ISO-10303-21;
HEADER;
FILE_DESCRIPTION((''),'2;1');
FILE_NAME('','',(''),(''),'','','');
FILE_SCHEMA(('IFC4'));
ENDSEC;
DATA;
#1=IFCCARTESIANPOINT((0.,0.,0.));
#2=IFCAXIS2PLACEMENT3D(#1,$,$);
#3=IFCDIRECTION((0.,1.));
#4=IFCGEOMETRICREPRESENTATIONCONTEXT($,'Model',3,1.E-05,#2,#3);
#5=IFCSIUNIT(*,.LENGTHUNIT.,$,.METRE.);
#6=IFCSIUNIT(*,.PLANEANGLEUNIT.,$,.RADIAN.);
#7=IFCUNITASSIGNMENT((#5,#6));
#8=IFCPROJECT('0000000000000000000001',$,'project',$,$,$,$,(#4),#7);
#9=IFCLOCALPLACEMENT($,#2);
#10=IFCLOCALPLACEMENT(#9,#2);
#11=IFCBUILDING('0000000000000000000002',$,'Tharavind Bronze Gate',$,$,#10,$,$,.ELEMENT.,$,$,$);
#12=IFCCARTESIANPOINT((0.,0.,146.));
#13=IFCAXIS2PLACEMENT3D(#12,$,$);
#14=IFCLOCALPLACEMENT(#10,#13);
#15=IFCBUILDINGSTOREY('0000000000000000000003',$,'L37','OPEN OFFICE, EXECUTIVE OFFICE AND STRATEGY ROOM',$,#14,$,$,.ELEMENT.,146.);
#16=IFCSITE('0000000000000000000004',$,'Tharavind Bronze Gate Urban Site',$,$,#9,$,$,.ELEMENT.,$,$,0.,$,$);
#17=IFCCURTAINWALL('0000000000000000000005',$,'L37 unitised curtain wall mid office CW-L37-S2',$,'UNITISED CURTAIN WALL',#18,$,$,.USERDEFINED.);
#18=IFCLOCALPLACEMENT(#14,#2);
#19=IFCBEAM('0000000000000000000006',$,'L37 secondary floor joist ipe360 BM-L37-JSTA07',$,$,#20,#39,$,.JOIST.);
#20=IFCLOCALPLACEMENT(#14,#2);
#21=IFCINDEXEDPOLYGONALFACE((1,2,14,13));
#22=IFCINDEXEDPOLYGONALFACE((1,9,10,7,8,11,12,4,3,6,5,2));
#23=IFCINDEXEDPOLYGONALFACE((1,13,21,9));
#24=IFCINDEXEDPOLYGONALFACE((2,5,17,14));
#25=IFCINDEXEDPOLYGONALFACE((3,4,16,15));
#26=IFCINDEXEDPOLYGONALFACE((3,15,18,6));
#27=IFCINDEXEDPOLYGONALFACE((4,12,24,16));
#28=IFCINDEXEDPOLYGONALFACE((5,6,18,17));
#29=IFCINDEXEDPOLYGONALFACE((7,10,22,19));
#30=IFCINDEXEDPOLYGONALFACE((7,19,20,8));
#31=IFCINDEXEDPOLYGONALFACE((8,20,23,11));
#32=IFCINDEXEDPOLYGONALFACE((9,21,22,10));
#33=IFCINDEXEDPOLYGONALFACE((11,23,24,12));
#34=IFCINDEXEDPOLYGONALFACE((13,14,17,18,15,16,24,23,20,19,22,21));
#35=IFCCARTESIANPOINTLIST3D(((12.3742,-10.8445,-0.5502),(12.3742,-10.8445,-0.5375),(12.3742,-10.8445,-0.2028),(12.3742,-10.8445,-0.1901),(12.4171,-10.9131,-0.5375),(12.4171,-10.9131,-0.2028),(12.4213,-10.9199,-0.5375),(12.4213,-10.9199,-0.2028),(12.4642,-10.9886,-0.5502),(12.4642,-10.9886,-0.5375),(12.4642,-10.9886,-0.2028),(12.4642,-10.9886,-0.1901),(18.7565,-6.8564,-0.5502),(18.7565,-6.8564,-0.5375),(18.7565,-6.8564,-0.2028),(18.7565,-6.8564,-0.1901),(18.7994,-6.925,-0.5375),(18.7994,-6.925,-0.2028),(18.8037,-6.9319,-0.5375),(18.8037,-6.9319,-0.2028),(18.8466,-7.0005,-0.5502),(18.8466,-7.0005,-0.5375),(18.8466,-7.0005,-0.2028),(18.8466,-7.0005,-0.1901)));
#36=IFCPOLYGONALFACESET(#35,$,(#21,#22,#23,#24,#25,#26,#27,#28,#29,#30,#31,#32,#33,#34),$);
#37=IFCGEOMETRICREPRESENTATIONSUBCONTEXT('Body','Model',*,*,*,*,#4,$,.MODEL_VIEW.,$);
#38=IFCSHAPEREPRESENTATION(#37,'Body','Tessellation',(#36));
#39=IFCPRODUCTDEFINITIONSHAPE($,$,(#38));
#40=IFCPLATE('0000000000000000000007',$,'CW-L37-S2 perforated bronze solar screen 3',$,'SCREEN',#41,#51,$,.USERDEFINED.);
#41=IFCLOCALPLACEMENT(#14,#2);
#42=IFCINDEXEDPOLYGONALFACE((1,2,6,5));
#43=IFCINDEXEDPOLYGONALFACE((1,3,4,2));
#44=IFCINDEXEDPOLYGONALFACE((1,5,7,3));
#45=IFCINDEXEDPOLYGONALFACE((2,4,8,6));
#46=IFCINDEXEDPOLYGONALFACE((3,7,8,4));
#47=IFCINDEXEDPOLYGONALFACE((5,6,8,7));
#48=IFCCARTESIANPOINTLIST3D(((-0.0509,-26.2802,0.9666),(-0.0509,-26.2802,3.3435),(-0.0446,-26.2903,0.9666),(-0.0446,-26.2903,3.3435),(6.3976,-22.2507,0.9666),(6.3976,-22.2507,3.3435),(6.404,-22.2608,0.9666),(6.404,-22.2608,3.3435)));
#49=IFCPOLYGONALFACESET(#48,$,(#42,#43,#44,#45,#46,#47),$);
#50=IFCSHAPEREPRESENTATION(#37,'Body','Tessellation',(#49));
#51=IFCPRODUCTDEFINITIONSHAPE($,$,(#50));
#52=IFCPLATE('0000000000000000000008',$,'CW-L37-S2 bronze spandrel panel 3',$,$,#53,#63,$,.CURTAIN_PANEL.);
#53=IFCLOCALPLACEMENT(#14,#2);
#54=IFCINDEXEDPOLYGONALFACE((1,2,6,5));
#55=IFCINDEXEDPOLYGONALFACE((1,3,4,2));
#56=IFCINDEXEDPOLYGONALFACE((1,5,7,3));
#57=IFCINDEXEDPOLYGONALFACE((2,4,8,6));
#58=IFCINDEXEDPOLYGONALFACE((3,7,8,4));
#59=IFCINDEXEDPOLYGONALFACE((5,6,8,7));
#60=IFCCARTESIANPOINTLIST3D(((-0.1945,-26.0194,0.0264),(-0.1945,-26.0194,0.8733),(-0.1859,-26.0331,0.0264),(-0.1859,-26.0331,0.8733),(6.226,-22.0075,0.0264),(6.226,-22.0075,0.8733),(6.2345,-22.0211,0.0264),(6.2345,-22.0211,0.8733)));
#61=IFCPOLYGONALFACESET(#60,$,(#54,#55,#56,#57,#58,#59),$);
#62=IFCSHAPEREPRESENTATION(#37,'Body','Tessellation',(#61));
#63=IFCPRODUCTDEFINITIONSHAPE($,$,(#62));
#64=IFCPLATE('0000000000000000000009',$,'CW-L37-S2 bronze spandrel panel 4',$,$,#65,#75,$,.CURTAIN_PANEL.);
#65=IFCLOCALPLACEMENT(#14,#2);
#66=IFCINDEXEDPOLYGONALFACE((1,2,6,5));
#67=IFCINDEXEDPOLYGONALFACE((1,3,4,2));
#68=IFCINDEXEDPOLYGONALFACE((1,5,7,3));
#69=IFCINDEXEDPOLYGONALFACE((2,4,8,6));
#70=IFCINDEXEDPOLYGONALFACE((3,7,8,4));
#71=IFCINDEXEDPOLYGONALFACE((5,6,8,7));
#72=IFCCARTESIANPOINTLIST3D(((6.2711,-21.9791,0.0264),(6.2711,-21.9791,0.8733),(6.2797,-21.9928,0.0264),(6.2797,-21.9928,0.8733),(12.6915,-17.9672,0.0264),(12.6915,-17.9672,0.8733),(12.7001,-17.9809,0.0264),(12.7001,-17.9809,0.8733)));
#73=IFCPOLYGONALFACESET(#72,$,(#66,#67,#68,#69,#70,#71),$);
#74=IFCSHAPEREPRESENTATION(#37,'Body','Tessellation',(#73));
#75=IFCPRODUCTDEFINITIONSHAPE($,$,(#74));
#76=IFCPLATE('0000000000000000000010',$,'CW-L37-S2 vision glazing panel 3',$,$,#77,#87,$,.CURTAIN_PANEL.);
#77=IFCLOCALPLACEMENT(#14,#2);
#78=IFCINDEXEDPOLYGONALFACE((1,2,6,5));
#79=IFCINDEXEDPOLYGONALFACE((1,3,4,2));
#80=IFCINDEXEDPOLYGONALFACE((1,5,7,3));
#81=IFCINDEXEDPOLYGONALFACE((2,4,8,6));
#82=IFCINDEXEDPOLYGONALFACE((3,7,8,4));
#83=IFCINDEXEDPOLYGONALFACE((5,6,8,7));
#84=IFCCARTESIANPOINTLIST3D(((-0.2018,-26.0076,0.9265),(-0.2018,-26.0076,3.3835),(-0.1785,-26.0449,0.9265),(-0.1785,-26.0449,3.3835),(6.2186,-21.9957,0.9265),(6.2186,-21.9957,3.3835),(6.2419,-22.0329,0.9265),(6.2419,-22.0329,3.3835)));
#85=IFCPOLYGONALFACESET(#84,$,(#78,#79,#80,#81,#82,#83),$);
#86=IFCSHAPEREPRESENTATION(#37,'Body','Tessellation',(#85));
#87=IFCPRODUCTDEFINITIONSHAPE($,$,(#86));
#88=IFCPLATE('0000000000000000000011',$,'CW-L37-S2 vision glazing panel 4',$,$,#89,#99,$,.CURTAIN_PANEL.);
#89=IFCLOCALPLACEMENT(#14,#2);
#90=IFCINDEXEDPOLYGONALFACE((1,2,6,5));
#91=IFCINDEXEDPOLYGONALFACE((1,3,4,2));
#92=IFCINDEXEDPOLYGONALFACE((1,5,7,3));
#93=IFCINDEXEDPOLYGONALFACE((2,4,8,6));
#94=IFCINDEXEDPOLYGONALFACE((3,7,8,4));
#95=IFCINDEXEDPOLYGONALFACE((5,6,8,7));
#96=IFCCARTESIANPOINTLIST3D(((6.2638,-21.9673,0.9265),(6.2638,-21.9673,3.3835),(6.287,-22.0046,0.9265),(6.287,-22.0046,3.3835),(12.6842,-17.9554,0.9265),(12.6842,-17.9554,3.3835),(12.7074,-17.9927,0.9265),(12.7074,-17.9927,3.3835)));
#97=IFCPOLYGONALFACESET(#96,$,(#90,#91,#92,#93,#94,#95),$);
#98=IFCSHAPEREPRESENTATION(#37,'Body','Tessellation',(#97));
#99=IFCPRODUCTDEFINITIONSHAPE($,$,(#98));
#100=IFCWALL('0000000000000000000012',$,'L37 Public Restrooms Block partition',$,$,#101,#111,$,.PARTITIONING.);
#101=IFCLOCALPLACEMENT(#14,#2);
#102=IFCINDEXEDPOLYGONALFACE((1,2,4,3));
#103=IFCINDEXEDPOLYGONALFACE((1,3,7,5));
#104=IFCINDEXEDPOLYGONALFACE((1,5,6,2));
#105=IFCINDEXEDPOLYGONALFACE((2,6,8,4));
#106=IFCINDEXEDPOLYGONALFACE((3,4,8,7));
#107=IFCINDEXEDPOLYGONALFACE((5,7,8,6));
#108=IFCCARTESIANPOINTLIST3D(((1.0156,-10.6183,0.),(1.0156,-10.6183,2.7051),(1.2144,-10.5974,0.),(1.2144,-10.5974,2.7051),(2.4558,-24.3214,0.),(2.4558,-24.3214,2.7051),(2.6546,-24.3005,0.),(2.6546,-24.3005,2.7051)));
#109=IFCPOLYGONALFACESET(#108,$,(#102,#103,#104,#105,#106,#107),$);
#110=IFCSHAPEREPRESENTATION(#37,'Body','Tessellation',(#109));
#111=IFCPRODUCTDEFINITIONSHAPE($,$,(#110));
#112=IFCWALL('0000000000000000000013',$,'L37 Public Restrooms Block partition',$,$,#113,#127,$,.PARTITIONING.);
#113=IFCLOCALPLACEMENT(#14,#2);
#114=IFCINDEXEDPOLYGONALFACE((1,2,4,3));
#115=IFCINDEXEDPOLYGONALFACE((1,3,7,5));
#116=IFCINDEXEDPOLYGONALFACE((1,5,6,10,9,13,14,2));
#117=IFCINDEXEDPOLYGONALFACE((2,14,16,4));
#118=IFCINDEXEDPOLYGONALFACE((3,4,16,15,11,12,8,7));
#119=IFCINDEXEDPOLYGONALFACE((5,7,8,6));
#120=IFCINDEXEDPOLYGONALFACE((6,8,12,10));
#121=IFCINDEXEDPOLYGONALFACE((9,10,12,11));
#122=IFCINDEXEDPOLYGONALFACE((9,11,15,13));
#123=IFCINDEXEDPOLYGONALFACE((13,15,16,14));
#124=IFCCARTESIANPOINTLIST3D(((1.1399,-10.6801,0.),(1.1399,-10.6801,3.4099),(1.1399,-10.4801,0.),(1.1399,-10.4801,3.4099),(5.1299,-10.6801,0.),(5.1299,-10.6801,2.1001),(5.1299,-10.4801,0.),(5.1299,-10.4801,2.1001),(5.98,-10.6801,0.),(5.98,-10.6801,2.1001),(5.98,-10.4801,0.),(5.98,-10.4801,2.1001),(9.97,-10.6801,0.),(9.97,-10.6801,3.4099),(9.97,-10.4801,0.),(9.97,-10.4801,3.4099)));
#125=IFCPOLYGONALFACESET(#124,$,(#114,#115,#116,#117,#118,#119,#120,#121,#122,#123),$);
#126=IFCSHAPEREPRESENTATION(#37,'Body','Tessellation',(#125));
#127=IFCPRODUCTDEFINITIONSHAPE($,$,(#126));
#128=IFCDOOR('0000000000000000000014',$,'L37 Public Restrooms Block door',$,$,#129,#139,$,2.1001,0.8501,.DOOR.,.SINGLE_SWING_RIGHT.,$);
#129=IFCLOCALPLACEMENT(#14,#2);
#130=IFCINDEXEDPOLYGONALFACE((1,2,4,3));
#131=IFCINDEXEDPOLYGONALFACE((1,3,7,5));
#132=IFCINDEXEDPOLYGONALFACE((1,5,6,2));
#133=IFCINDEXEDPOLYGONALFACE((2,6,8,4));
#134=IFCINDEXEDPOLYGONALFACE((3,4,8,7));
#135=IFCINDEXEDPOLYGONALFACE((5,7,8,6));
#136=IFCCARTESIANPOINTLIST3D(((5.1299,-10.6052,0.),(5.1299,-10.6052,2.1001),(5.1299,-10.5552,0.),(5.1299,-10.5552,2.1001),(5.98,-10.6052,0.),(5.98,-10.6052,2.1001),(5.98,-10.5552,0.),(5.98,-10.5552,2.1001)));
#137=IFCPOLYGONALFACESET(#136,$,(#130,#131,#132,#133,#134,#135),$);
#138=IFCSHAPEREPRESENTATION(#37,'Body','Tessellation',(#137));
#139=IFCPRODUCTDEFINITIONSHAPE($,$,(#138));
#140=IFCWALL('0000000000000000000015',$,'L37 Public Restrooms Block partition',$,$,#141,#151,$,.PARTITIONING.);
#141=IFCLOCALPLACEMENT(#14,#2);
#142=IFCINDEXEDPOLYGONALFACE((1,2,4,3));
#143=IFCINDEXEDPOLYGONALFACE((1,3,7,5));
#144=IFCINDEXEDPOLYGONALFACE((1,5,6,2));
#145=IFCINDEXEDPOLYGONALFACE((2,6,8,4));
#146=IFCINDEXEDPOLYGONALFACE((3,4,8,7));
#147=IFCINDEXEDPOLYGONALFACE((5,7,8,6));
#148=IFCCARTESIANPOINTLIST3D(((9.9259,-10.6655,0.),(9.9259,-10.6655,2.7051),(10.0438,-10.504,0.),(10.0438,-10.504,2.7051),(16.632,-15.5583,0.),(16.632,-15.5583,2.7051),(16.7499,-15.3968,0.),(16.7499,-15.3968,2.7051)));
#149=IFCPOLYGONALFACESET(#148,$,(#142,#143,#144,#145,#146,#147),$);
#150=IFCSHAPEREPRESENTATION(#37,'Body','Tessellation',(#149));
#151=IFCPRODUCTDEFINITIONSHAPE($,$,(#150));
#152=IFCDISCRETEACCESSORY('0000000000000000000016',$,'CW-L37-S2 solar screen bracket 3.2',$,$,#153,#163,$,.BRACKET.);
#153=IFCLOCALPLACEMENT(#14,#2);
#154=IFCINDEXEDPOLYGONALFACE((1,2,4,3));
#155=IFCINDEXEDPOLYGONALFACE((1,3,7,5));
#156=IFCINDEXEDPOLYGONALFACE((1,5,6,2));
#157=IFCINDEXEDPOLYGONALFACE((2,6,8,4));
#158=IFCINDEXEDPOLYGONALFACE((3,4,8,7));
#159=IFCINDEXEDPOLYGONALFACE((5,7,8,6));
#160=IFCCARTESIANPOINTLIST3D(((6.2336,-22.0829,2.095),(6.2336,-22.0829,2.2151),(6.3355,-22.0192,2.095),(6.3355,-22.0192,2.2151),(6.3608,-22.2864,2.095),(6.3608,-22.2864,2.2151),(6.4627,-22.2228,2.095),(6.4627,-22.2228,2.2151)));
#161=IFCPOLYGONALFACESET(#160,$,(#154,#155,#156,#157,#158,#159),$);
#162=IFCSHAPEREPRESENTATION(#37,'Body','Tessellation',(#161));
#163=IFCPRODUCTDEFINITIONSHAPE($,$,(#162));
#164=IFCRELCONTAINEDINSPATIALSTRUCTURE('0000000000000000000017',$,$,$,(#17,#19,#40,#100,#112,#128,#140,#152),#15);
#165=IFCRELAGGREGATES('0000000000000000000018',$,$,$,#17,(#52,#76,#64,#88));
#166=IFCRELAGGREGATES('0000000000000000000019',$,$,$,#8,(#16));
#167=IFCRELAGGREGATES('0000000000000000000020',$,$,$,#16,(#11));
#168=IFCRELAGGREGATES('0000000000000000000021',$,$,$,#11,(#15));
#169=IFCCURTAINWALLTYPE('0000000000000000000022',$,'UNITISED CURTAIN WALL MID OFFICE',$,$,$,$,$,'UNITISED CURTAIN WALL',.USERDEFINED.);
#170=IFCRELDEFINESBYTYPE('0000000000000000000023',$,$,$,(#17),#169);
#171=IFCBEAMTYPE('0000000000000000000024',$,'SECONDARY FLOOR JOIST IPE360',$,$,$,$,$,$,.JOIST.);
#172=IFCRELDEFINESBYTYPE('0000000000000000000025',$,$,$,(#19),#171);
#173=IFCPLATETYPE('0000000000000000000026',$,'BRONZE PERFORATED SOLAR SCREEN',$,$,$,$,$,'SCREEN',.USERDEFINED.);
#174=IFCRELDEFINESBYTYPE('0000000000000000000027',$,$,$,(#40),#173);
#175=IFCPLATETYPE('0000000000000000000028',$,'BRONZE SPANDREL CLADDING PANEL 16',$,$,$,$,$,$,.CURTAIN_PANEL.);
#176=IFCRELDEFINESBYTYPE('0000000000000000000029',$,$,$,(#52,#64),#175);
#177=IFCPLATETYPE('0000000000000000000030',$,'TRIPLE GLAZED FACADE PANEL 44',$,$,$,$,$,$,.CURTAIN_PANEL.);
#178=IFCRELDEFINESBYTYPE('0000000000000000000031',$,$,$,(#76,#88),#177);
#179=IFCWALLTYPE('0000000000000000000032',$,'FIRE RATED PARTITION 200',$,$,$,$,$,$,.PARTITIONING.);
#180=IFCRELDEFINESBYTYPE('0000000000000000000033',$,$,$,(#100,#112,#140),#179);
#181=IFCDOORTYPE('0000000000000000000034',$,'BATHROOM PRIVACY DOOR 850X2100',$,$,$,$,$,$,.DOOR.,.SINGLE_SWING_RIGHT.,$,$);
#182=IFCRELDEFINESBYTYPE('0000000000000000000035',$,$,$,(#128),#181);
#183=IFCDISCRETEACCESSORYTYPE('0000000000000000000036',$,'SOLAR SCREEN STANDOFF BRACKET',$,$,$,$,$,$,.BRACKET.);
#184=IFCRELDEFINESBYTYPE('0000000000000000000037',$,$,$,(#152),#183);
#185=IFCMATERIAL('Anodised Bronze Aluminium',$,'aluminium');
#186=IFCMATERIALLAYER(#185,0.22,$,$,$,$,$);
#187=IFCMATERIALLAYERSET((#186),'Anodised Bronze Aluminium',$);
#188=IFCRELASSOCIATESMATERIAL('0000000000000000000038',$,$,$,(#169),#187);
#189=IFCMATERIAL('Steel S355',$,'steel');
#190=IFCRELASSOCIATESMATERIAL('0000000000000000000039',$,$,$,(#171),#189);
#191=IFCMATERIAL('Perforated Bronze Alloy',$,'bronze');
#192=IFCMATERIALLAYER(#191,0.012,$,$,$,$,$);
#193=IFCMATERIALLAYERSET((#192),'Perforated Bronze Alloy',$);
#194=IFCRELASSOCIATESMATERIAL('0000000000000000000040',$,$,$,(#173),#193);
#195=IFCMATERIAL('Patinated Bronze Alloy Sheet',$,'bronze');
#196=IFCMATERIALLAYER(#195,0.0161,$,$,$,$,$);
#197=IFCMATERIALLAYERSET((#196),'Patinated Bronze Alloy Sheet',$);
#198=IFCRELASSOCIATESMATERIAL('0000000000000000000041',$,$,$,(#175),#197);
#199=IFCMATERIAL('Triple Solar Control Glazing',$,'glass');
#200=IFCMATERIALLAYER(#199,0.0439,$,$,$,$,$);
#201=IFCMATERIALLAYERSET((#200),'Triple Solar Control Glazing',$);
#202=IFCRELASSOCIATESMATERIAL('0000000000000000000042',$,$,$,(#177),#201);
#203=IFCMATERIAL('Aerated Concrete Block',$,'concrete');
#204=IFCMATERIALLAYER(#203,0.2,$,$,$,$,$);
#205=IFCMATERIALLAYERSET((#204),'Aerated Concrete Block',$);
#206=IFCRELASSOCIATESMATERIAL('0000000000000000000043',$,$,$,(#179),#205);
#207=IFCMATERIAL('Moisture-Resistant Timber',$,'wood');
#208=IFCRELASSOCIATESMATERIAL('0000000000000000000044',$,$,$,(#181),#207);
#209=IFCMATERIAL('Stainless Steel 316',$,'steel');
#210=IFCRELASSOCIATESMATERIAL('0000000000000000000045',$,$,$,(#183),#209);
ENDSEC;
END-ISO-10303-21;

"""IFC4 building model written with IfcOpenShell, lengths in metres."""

from ifc_helpers import new_model, si_unit, direction, frame, frame_2d, origin, origin_2d, place, context, subcontext, project, spatial, rectangle, i_section, extrude, material, layer, layer_set, material_profile, profile_set, type_object, element, fill, aggregate, save


model = new_model("IFC4")

# Units and contexts
model_context = context("Model", 3, precision=1e-05, world=origin(), true_north=direction((0.0, 1.0)))
body_context = subcontext(model_context, "Body", "Model", "MODEL_VIEW")
ifc_project = project(units=[si_unit("LENGTHUNIT", "METRE"), si_unit("PLANEANGLEUNIT", "RADIAN")], contexts=[model_context])

# Site, building, storey
site_placement = place(None, origin())
site = spatial("IfcSite", under=ifc_project, at=site_placement, Name="Tharavind Bronze Gate Urban Site", CompositionType="ELEMENT", RefElevation=0.0)
building_placement = place(site_placement, origin())
building = spatial("IfcBuilding", under=site, at=building_placement, Name="Tharavind Bronze Gate", CompositionType="ELEMENT")
storey_placement = place(building_placement, frame((0.0, 0.0, 146.0)))
storey = spatial("IfcBuildingStorey", under=building, at=storey_placement, Name="L37", Description="OPEN OFFICE, EXECUTIVE OFFICE AND STRATEGY ROOM", CompositionType="ELEMENT", Elevation=146.0)

# Curtain wall
ifc_material_1 = material(Name="Anodised Bronze Aluminium", Category="aluminium")
ifc_layer_1 = layer(ifc_material_1, 0.22)
ifc_layer_set_1 = layer_set([ifc_layer_1], Name="Anodised Bronze Aluminium")
curtain_wall_type = type_object("IfcCurtainWallType", Name="UNITISED CURTAIN WALL MID OFFICE", ElementType="UNITISED CURTAIN WALL", PredefinedType="USERDEFINED", material=ifc_layer_set_1)
curtain_wall_placement = place(storey_placement, origin())
curtain_wall = element("IfcCurtainWall", 1, at=curtain_wall_placement, inside=storey, type_object=curtain_wall_type, Name="L37 unitised curtain wall mid office CW-L37-S2", ObjectType="UNITISED CURTAIN WALL", PredefinedType="USERDEFINED")

# Beam
ifc_material_2 = material(Name="Steel S355", Category="steel")
ifc_material_profile_1 = material_profile(ifc_material_2, i_section(OverallWidth=0.1699, OverallDepth=0.3601, WebThickness=0.0081, FlangeThickness=0.0127, at=origin_2d()), Name="IPE360")
ifc_profile_set_1 = profile_set([ifc_material_profile_1], Name="Steel S355")
beam_type_1 = type_object("IfcBeamType", Name="SECONDARY FLOOR JOIST IPE360", PredefinedType="JOIST", material=ifc_profile_set_1)
beam_1_placement = place(storey_placement, frame((12.4192, -10.9165, -0.3701), z_axis=(0.848053, 0.529911, 0.0), x_axis=(-0.529911, 0.848053, 0.0)))
element("IfcBeam", 2, at=beam_1_placement, inside=storey, type_object=beam_type_1, Name="L37 secondary floor joist ipe360 BM-L37-JSTA07", PredefinedType="JOIST", context=body_context, shape_type="SweptSolid", body=[
    extrude(i_section(OverallWidth=0.1699, OverallDepth=0.3601, WebThickness=0.0081, FlangeThickness=0.0127, at=origin_2d()), origin(), (0.0, 0.0, 1.0), 7.5259),
])

# Plates
ifc_material_3 = material(Name="Perforated Bronze Alloy", Category="bronze")
ifc_layer_2 = layer(ifc_material_3, 0.012)
ifc_layer_set_2 = layer_set([ifc_layer_2], Name="Perforated Bronze Alloy")
plate_type_1 = type_object("IfcPlateType", Name="BRONZE PERFORATED SOLAR SCREEN", ElementType="SCREEN", PredefinedType="USERDEFINED", material=ifc_layer_set_2)
plate_1_placement = place(storey_placement, frame((3.1765, -24.2705, 0.9666), z_axis=(0.0, 0.0, 1.0), x_axis=(0.848048, 0.529919, 0.0)))
element("IfcPlate", 3, at=plate_1_placement, inside=storey, type_object=plate_type_1, Name="CW-L37-S2 perforated bronze solar screen 3", ObjectType="SCREEN", PredefinedType="USERDEFINED", context=body_context, shape_type="SweptSolid", body=[
    extrude(rectangle(XDim=7.604, YDim=0.012, at=origin_2d()), origin(), (0.0, 0.0, 1.0), 2.377),
])
ifc_material_4 = material(Name="Patinated Bronze Alloy Sheet", Category="bronze")
ifc_layer_3 = layer(ifc_material_4, 0.0161)
ifc_layer_set_3 = layer_set([ifc_layer_3], Name="Patinated Bronze Alloy Sheet")
plate_type_2 = type_object("IfcPlateType", Name="BRONZE SPANDREL CLADDING PANEL 16", PredefinedType="CURTAIN_PANEL", material=ifc_layer_set_3)
plate_2_placement = place(storey_placement, frame((3.02, -24.0203, 0.0264), z_axis=(0.0, 0.0, 1.0), x_axis=(0.848048, 0.529919, 0.0)))
plate_2 = element("IfcPlate", 4, at=plate_2_placement, type_object=plate_type_2, Name="CW-L37-S2 bronze spandrel panel 3", PredefinedType="CURTAIN_PANEL", context=body_context, shape_type="SweptSolid", body=[
    extrude(rectangle(XDim=7.5708, YDim=0.0161, at=origin_2d()), origin(), (0.0, 0.0, 1.0), 0.8469),
])
plate_3_placement = place(storey_placement, frame((9.4856, -19.98, 0.0264), z_axis=(0.0, 0.0, 1.0), x_axis=(0.848048, 0.529919, 0.0)))
plate_3 = element("IfcPlate", 5, at=plate_3_placement, type_object=plate_type_2, Name="CW-L37-S2 bronze spandrel panel 4", PredefinedType="CURTAIN_PANEL", context=body_context, shape_type="SweptSolid", body=[
    extrude(rectangle(XDim=7.5708, YDim=0.0161, at=origin_2d()), origin(), (0.0, 0.0, 1.0), 0.8469),
])
ifc_material_5 = material(Name="Triple Solar Control Glazing", Category="glass")
ifc_layer_4 = layer(ifc_material_5, 0.0439)
ifc_layer_set_4 = layer_set([ifc_layer_4], Name="Triple Solar Control Glazing")
plate_type_3 = type_object("IfcPlateType", Name="TRIPLE GLAZED FACADE PANEL 44", PredefinedType="CURTAIN_PANEL", material=ifc_layer_set_4)
plate_4_placement = place(storey_placement, frame((3.02, -24.0203, 0.9265), z_axis=(0.0, 0.0, 1.0), x_axis=(0.848048, 0.529919, 0.0)))
plate_4 = element("IfcPlate", 6, at=plate_4_placement, type_object=plate_type_3, Name="CW-L37-S2 vision glazing panel 3", PredefinedType="CURTAIN_PANEL", context=body_context, shape_type="SweptSolid", body=[
    extrude(rectangle(XDim=7.5708, YDim=0.0439, at=origin_2d()), origin(), (0.0, 0.0, 1.0), 2.457),
])
plate_5_placement = place(storey_placement, frame((9.4856, -19.98, 0.9265), z_axis=(0.0, 0.0, 1.0), x_axis=(0.848048, 0.529919, 0.0)))
plate_5 = element("IfcPlate", 7, at=plate_5_placement, type_object=plate_type_3, Name="CW-L37-S2 vision glazing panel 4", PredefinedType="CURTAIN_PANEL", context=body_context, shape_type="SweptSolid", body=[
    extrude(rectangle(XDim=7.5708, YDim=0.0439, at=origin_2d()), origin(), (0.0, 0.0, 1.0), 2.457),
])
aggregate(curtain_wall, [plate_2, plate_4, plate_3, plate_5])

# Wall
ifc_material_6 = material(Name="Aerated Concrete Block", Category="concrete")
ifc_layer_5 = layer(ifc_material_6, 0.2)
ifc_layer_set_5 = layer_set([ifc_layer_5], Name="Aerated Concrete Block")
wall_type = type_object("IfcWallType", Name="FIRE RATED PARTITION 200", PredefinedType="PARTITIONING", material=ifc_layer_set_5)
wall_1_placement = place(storey_placement, frame((2.5552, -24.3108, 0.0), z_axis=(0.0, 0.0, 1.0), x_axis=(-0.104523, 0.994522, 0.0)))
element("IfcWall", 8, at=wall_1_placement, inside=storey, type_object=wall_type, Name="L37 Public Restrooms Block partition", PredefinedType="PARTITIONING", context=body_context, shape_type="SweptSolid", body=[
    extrude(rectangle(XDim=13.7786, YDim=0.2, at=frame_2d((6.8892, 0.0))), origin(), (0.0, 0.0, 1.0), 2.7051),
])

# Wall, opening, door
wall_2_placement = place(storey_placement, frame((1.1399, -10.5801, 0.0), z_axis=(0.0, 0.0, 1.0), x_axis=(1.0, 0.0, 0.0)))
wall_2 = element("IfcWall", 9, at=wall_2_placement, inside=storey, type_object=wall_type, Name="L37 Public Restrooms Block partition", PredefinedType="PARTITIONING", context=body_context, shape_type="SweptSolid", body=[
    extrude(rectangle(XDim=8.8301, YDim=0.2, at=frame_2d((4.415, 0.0))), origin(), (0.0, 0.0, 1.0), 3.4099),
])
opening_placement = place(wall_2_placement, frame((3.99, 0.0, 0.0)))
opening = element("IfcOpeningElement", 10, at=opening_placement, cuts=wall_2, PredefinedType="OPENING", context=body_context, shape_type="SweptSolid", body=[
    extrude(rectangle(XDim=0.8501, YDim=2.1001, at=frame_2d((0.425, 1.05))), frame((0.0, 0.1101, 0.0), z_axis=(0.0, -1.0, 0.0), x_axis=(1.0, 0.0, 0.0)), (0.0, 0.0, 1.0), 0.22),
])
ifc_material_7 = material(Name="Moisture-Resistant Timber", Category="wood")
door_type = type_object("IfcDoorType", Name="BATHROOM PRIVACY DOOR 850X2100", OperationType="SINGLE_SWING_RIGHT", PredefinedType="DOOR", material=ifc_material_7)
door_placement = place(opening_placement, origin())
door = element("IfcDoor", 11, at=door_placement, inside=storey, type_object=door_type, Name="L37 Public Restrooms Block door", OperationType="SINGLE_SWING_RIGHT", OverallHeight=2.1001, OverallWidth=0.8501, PredefinedType="DOOR", context=body_context, shape_type="SweptSolid", body=[
    extrude(rectangle(XDim=0.8501, YDim=2.1001, at=frame_2d((0.425, 1.05))), frame((0.0, 0.0249, 0.0), z_axis=(0.0, -1.0, 0.0), x_axis=(1.0, 0.0, 0.0)), (0.0, 0.0, 1.0), 0.05),
])
fill(opening, door)

# Wall
wall_3_placement = place(storey_placement, frame((9.9849, -10.5847, 0.0), z_axis=(0.0, 0.0, 1.0), x_axis=(0.807836, -0.589407, 0.0)))
element("IfcWall", 12, at=wall_3_placement, inside=storey, type_object=wall_type, Name="L37 Public Restrooms Block partition", PredefinedType="PARTITIONING", context=body_context, shape_type="SweptSolid", body=[
    extrude(rectangle(XDim=8.3013, YDim=0.2, at=frame_2d((4.1506, 0.0))), origin(), (0.0, 0.0, 1.0), 2.7051),
])

# Discrete accessory
ifc_material_8 = material(Name="Stainless Steel 316", Category="steel")
discrete_accessory_type = type_object("IfcDiscreteAccessoryType", Name="SOLAR SCREEN STANDOFF BRACKET", PredefinedType="BRACKET", material=ifc_material_8)
discrete_accessory_placement = place(storey_placement, frame((6.3481, -22.1528, 2.095), z_axis=(0.0, 0.0, 1.0), x_axis=(0.848048, 0.529919, 0.0)))
element("IfcDiscreteAccessory", 13, at=discrete_accessory_placement, inside=storey, type_object=discrete_accessory_type, Name="CW-L37-S2 solar screen bracket 3.2", PredefinedType="BRACKET", context=body_context, shape_type="SweptSolid", body=[
    extrude(rectangle(XDim=0.1201, YDim=0.24, at=origin_2d()), origin(), (0.0, 0.0, 1.0), 0.1201),
])

save(model, "model.ifc")
